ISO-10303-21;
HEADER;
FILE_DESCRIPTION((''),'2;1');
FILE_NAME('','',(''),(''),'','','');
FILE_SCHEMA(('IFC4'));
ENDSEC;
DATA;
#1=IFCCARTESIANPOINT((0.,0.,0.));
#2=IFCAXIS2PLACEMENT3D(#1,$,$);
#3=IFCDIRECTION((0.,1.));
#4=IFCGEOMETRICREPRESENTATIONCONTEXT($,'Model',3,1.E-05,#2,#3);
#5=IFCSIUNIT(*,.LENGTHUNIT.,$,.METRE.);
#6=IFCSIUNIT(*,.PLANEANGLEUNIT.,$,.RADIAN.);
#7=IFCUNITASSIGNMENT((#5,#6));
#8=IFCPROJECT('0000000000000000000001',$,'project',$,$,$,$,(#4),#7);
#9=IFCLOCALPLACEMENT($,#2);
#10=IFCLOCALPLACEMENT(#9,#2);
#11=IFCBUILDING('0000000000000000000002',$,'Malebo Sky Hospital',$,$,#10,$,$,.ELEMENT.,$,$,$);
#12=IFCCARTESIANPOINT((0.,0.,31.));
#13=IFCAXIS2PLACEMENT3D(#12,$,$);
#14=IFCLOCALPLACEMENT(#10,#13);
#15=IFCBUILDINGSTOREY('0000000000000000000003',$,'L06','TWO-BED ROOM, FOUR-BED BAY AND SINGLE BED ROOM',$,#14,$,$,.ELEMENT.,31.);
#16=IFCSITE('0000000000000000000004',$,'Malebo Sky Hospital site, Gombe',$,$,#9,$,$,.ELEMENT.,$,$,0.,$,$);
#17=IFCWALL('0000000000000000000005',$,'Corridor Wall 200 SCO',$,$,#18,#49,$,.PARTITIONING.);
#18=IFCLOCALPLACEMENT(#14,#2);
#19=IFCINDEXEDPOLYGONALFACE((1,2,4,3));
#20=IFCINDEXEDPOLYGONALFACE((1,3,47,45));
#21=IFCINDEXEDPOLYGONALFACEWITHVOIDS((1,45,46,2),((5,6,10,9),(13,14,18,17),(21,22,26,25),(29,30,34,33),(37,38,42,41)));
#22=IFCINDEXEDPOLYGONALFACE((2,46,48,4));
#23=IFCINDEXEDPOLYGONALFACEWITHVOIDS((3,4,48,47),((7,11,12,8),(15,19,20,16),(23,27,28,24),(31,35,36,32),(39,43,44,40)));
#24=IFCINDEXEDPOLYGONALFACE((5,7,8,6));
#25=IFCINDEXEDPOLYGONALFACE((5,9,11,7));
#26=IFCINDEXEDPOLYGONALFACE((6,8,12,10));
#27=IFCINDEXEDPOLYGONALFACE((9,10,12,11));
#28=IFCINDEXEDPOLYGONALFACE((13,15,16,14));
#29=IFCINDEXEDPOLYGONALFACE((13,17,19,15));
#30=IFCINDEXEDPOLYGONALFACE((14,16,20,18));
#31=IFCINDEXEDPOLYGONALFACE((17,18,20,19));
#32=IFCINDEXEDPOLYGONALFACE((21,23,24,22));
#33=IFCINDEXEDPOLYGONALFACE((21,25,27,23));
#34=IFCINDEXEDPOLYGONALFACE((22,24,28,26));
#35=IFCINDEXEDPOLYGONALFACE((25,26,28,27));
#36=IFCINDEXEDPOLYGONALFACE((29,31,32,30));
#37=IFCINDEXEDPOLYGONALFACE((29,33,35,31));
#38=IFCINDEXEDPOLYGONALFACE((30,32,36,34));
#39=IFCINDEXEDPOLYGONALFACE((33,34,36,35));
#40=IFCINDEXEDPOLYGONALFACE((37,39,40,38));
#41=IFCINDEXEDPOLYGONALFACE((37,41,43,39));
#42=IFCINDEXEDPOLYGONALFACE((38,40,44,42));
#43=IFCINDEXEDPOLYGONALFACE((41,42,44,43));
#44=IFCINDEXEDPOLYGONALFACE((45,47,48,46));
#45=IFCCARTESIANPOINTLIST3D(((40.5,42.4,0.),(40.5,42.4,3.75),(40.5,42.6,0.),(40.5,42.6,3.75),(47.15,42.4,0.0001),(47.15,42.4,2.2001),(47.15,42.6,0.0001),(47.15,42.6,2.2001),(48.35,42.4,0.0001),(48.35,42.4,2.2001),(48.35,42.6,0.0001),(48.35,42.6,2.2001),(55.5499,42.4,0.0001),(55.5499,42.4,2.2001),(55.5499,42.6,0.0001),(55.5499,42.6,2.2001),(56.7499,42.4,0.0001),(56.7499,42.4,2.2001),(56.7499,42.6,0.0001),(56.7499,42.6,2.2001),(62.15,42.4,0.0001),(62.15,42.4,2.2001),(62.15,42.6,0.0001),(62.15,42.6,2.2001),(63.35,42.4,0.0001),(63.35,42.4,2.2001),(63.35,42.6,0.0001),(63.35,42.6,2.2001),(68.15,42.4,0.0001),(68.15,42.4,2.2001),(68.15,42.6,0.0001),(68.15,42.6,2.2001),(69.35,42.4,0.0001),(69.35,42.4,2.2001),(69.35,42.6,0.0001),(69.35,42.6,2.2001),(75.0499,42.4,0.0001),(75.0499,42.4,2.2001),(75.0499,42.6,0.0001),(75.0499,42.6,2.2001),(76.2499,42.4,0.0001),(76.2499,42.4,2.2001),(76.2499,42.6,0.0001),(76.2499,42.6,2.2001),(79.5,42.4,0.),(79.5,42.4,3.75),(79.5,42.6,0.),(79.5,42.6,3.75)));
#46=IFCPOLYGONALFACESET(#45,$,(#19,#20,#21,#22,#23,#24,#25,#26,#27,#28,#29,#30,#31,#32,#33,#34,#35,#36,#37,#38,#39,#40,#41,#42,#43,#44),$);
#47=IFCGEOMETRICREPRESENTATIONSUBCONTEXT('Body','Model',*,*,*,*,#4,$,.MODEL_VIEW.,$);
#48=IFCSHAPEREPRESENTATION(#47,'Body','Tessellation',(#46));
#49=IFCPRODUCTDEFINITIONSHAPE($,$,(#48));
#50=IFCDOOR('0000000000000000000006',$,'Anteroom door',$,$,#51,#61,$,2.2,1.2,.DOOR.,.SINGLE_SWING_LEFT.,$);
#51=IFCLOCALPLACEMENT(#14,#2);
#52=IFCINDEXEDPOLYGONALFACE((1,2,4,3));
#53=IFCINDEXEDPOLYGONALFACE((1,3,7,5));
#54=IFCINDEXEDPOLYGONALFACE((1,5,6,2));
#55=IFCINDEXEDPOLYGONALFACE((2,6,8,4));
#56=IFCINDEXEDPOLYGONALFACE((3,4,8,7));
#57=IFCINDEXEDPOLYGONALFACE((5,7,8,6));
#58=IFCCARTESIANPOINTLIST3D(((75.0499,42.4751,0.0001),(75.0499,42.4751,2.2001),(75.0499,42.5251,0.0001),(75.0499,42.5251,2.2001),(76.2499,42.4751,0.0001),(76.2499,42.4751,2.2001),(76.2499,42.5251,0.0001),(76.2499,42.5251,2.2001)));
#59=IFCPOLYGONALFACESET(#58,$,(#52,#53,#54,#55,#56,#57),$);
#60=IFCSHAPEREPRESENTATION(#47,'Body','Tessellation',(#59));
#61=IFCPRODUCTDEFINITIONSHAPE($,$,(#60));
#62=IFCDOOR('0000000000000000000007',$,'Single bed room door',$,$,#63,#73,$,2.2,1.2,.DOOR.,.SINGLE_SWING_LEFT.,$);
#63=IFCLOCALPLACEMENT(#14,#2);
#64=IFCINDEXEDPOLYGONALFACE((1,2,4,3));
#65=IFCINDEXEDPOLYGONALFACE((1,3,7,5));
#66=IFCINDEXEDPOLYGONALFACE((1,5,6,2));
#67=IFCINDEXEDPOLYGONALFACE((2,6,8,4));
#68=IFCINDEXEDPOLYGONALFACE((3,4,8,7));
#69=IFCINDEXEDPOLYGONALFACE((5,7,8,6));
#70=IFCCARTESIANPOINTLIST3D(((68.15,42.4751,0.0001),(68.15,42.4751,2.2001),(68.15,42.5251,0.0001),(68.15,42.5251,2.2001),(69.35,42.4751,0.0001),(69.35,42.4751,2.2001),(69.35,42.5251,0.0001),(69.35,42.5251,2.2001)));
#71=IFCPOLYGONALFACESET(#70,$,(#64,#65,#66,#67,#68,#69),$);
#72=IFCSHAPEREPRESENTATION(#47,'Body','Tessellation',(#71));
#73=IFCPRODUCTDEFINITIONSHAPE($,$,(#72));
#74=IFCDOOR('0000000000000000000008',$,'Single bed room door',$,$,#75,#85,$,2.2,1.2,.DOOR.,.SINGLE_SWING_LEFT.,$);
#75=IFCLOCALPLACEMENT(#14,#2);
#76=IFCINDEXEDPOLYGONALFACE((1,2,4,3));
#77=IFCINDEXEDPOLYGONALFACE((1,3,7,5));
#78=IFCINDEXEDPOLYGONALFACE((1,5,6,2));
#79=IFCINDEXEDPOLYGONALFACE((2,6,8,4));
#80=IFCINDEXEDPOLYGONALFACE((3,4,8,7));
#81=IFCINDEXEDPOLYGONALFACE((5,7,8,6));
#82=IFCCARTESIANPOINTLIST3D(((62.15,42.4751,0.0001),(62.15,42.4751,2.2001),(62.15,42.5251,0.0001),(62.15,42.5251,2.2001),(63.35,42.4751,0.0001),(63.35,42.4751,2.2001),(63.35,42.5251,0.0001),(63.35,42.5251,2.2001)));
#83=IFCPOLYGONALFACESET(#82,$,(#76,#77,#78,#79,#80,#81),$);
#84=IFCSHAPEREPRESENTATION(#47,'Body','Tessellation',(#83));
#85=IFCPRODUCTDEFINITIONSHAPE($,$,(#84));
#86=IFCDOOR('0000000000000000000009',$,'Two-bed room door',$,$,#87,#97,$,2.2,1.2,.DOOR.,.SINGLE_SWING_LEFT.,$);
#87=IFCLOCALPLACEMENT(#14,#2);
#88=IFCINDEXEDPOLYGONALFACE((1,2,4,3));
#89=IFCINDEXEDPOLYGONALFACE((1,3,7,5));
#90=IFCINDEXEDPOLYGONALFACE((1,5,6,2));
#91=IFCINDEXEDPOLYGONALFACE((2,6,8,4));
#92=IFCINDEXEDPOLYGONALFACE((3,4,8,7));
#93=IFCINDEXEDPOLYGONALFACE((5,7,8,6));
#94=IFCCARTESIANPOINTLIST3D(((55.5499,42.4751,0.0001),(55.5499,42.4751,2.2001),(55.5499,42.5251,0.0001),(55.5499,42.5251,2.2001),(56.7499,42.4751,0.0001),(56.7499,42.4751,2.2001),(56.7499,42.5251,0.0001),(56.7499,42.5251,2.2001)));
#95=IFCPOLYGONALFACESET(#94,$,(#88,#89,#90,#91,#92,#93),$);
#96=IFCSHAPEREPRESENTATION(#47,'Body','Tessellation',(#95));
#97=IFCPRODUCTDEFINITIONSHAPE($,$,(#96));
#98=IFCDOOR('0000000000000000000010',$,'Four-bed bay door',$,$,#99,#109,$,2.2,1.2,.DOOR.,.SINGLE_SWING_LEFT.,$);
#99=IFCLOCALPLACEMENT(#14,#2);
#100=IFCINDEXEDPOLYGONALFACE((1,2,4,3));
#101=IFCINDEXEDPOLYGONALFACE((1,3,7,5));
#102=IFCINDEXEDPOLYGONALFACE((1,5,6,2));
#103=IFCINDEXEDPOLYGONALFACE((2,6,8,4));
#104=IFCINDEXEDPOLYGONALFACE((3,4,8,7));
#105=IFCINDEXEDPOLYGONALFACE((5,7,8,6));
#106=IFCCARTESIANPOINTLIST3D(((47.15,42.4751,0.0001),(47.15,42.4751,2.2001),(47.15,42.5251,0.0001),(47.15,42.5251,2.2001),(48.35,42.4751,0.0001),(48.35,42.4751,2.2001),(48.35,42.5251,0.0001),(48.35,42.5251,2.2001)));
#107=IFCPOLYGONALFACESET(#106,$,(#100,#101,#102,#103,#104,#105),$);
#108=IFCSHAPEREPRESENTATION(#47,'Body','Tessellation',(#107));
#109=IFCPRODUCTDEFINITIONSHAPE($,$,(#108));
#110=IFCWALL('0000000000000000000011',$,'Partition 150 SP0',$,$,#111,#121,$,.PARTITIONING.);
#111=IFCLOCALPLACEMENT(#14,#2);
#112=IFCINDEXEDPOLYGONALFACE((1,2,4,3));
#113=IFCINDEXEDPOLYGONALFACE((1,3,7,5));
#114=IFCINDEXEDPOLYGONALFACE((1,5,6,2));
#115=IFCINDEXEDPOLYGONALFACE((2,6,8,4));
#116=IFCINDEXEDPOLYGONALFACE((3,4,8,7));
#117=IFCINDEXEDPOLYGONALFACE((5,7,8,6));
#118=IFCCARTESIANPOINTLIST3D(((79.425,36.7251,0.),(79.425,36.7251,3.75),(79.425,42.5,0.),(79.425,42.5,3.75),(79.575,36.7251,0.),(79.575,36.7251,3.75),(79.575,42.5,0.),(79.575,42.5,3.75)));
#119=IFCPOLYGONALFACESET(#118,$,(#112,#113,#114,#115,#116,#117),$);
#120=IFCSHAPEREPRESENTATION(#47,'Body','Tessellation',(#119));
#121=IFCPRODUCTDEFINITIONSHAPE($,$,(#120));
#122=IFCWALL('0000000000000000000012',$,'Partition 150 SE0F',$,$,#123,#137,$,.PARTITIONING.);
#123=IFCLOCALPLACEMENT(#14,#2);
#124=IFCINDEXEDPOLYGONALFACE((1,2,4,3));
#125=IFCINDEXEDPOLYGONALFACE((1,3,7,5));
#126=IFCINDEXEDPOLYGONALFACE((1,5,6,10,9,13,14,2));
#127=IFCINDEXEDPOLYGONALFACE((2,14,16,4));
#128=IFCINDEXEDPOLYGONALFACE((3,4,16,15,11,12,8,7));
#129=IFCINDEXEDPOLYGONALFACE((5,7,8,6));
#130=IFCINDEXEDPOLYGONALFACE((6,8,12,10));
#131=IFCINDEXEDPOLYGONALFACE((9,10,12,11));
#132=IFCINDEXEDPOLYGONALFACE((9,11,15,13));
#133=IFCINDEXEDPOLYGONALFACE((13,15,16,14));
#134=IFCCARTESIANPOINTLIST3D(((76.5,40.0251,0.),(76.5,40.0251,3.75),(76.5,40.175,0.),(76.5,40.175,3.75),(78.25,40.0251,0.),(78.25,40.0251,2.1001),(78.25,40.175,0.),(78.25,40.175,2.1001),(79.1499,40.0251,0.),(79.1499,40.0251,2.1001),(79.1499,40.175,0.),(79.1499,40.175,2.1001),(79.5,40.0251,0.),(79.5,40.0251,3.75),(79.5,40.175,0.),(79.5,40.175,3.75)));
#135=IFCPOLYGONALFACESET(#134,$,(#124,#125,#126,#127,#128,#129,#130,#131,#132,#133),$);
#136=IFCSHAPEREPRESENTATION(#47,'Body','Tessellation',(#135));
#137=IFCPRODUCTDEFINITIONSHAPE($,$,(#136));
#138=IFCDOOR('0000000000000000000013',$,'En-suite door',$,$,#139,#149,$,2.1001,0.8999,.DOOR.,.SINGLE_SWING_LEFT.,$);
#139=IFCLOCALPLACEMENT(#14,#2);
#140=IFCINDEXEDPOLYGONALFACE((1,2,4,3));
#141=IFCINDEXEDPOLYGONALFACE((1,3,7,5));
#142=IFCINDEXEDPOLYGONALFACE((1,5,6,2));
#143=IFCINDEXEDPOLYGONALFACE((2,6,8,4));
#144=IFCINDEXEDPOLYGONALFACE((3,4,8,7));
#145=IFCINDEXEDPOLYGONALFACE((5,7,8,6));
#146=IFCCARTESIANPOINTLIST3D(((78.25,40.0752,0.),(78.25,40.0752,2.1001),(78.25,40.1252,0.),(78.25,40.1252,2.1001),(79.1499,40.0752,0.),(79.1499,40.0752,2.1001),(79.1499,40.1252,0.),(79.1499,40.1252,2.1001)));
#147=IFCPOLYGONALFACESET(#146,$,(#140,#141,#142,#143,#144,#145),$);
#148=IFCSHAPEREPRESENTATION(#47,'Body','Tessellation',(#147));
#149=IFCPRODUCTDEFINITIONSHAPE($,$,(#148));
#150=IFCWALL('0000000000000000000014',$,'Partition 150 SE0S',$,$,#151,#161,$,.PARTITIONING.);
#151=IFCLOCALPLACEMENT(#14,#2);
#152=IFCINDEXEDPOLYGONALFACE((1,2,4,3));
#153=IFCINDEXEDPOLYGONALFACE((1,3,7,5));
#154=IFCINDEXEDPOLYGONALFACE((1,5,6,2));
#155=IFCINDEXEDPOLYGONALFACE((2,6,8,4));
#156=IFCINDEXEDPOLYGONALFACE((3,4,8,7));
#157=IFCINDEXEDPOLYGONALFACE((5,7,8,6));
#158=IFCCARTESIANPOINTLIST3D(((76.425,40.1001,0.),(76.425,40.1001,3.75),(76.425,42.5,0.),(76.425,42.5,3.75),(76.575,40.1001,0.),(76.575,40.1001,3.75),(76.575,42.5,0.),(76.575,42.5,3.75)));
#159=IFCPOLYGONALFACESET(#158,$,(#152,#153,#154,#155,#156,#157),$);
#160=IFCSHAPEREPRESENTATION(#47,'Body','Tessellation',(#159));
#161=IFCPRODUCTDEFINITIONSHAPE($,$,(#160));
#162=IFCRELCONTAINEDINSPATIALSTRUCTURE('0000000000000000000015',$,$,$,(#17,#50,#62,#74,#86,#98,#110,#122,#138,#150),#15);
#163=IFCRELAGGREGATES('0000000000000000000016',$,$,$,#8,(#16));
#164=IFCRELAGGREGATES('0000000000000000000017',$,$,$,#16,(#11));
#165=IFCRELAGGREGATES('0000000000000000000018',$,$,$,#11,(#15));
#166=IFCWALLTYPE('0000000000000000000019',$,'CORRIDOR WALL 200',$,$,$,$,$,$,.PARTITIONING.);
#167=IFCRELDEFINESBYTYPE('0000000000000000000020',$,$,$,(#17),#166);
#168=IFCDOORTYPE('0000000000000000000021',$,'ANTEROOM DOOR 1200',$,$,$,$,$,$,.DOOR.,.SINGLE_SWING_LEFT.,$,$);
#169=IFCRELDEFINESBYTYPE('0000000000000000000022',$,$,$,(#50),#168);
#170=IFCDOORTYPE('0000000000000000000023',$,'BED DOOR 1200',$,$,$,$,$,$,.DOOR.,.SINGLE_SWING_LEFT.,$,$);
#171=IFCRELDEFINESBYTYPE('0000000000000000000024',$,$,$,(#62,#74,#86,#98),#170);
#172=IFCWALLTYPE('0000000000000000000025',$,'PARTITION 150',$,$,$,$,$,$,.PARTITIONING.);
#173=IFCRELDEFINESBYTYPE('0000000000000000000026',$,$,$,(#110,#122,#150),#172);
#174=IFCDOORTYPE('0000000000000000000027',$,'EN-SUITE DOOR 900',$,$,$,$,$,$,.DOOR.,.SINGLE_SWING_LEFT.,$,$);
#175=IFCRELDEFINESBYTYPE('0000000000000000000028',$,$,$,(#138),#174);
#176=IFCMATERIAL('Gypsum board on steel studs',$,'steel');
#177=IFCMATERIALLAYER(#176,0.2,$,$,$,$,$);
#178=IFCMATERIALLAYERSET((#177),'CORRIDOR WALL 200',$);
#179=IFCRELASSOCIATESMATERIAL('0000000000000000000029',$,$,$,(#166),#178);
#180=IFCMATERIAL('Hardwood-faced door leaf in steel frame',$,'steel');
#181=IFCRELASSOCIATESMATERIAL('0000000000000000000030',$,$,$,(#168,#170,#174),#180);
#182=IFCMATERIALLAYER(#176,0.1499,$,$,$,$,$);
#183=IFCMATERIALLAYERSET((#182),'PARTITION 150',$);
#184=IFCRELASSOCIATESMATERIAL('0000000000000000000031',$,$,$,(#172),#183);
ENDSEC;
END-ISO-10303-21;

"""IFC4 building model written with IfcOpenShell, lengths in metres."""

from ifc_helpers import new_model, si_unit, direction, frame, frame_2d, origin, place, context, subcontext, project, spatial, rectangle, extrude, material, layer, layer_set, type_object, element, fill, save


model = new_model("IFC4")

# Units and contexts
model_context = context("Model", 3, precision=1e-05, world=origin(), true_north=direction((0.0, 1.0)))
body_context = subcontext(model_context, "Body", "Model", "MODEL_VIEW")
ifc_project = project(units=[si_unit("LENGTHUNIT", "METRE"), si_unit("PLANEANGLEUNIT", "RADIAN")], contexts=[model_context])

# Site, building, storey
site_placement = place(None, origin())
site = spatial("IfcSite", under=ifc_project, at=site_placement, Name="Malebo Sky Hospital site, Gombe", CompositionType="ELEMENT", RefElevation=0.0)
building_placement = place(site_placement, origin())
building = spatial("IfcBuilding", under=site, at=building_placement, Name="Malebo Sky Hospital", CompositionType="ELEMENT")
storey_placement = place(building_placement, frame((0.0, 0.0, 31.0)))
storey = spatial("IfcBuildingStorey", under=building, at=storey_placement, Name="L06", Description="TWO-BED ROOM, FOUR-BED BAY AND SINGLE BED ROOM", CompositionType="ELEMENT", Elevation=31.0)

# Wall, openings, doors
ifc_material_1 = material(Name="Gypsum board on steel studs", Category="steel")
ifc_layer_1 = layer(ifc_material_1, 0.2)
ifc_layer_set_1 = layer_set([ifc_layer_1], Name="CORRIDOR WALL 200")
wall_type_1 = type_object("IfcWallType", Name="CORRIDOR WALL 200", PredefinedType="PARTITIONING", material=ifc_layer_set_1)
wall_1_placement = place(storey_placement, frame((79.5, 42.5, 0.0), z_axis=(0.0, 0.0, 1.0), x_axis=(-1.0, 0.0, 0.0)))
wall_1 = element("IfcWall", 1, at=wall_1_placement, inside=storey, type_object=wall_type_1, Name="Corridor Wall 200 SCO", PredefinedType="PARTITIONING", context=body_context, shape_type="SweptSolid", body=[
    extrude(rectangle(XDim=39.0, YDim=0.2, at=frame_2d((19.5, 0.0))), origin(), (0.0, 0.0, 1.0), 3.75),
])
opening_1_placement = place(wall_1_placement, frame((3.25, 0.0, 0.0)))
opening_1 = element("IfcOpeningElement", 2, at=opening_1_placement, cuts=wall_1, PredefinedType="OPENING", context=body_context, shape_type="SweptSolid", body=[
    extrude(rectangle(XDim=1.2, YDim=2.2, at=frame_2d((0.6001, 1.1001))), frame((0.0, 0.1099, 0.0), z_axis=(0.0, -1.0, 0.0), x_axis=(1.0, 0.0, 0.0)), (0.0, 0.0, 1.0), 0.22),
])
opening_2_placement = place(wall_1_placement, frame((10.1499, 0.0, 0.0)))
opening_2 = element("IfcOpeningElement", 3, at=opening_2_placement, cuts=wall_1, PredefinedType="OPENING", context=body_context, shape_type="SweptSolid", body=[
    extrude(rectangle(XDim=1.2, YDim=2.2, at=frame_2d((0.6001, 1.1001))), frame((0.0, 0.1099, 0.0), z_axis=(0.0, -1.0, 0.0), x_axis=(1.0, 0.0, 0.0)), (0.0, 0.0, 1.0), 0.22),
])
opening_3_placement = place(wall_1_placement, frame((16.1499, 0.0, 0.0)))
opening_3 = element("IfcOpeningElement", 4, at=opening_3_placement, cuts=wall_1, PredefinedType="OPENING", context=body_context, shape_type="SweptSolid", body=[
    extrude(rectangle(XDim=1.2, YDim=2.2, at=frame_2d((0.6001, 1.1001))), frame((0.0, 0.1099, 0.0), z_axis=(0.0, -1.0, 0.0), x_axis=(1.0, 0.0, 0.0)), (0.0, 0.0, 1.0), 0.22),
])
opening_4_placement = place(wall_1_placement, frame((22.75, 0.0, 0.0)))
opening_4 = element("IfcOpeningElement", 5, at=opening_4_placement, cuts=wall_1, PredefinedType="OPENING", context=body_context, shape_type="SweptSolid", body=[
    extrude(rectangle(XDim=1.2, YDim=2.2, at=frame_2d((0.6001, 1.1001))), frame((0.0, 0.1099, 0.0), z_axis=(0.0, -1.0, 0.0), x_axis=(1.0, 0.0, 0.0)), (0.0, 0.0, 1.0), 0.22),
])
opening_5_placement = place(wall_1_placement, frame((31.1499, 0.0, 0.0)))
opening_5 = element("IfcOpeningElement", 6, at=opening_5_placement, cuts=wall_1, PredefinedType="OPENING", context=body_context, shape_type="SweptSolid", body=[
    extrude(rectangle(XDim=1.2, YDim=2.2, at=frame_2d((0.6001, 1.1001))), frame((0.0, 0.1099, 0.0), z_axis=(0.0, -1.0, 0.0), x_axis=(1.0, 0.0, 0.0)), (0.0, 0.0, 1.0), 0.22),
])
ifc_material_2 = material(Name="Hardwood-faced door leaf in steel frame", Category="steel")
door_type_1 = type_object("IfcDoorType", Name="ANTEROOM DOOR 1200", OperationType="SINGLE_SWING_LEFT", PredefinedType="DOOR", material=ifc_material_2)
door_1_placement = place(opening_1_placement, origin())
door_1 = element("IfcDoor", 7, at=door_1_placement, inside=storey, type_object=door_type_1, Name="Anteroom door", OperationType="SINGLE_SWING_LEFT", OverallHeight=2.2, OverallWidth=1.2, PredefinedType="DOOR", context=body_context, shape_type="SweptSolid", body=[
    extrude(rectangle(XDim=1.2, YDim=2.2, at=frame_2d((0.6001, 1.1001))), frame((0.0, 0.0249, 0.0), z_axis=(0.0, -1.0, 0.0), x_axis=(1.0, 0.0, 0.0)), (0.0, 0.0, 1.0), 0.05),
])
fill(opening_1, door_1)
door_type_2 = type_object("IfcDoorType", Name="BED DOOR 1200", OperationType="SINGLE_SWING_LEFT", PredefinedType="DOOR", material=ifc_material_2)
door_2_placement = place(opening_2_placement, origin())
door_2 = element("IfcDoor", 8, at=door_2_placement, inside=storey, type_object=door_type_2, Name="Single bed room door", OperationType="SINGLE_SWING_LEFT", OverallHeight=2.2, OverallWidth=1.2, PredefinedType="DOOR", context=body_context, shape_type="SweptSolid", body=[
    extrude(rectangle(XDim=1.2, YDim=2.2, at=frame_2d((0.6001, 1.1001))), frame((0.0, 0.0249, 0.0), z_axis=(0.0, -1.0, 0.0), x_axis=(1.0, 0.0, 0.0)), (0.0, 0.0, 1.0), 0.05),
])
fill(opening_2, door_2)
door_3_placement = place(opening_3_placement, origin())
door_3 = element("IfcDoor", 9, at=door_3_placement, inside=storey, type_object=door_type_2, Name="Single bed room door", OperationType="SINGLE_SWING_LEFT", OverallHeight=2.2, OverallWidth=1.2, PredefinedType="DOOR", context=body_context, shape_type="SweptSolid", body=[
    extrude(rectangle(XDim=1.2, YDim=2.2, at=frame_2d((0.6001, 1.1001))), frame((0.0, 0.0249, 0.0), z_axis=(0.0, -1.0, 0.0), x_axis=(1.0, 0.0, 0.0)), (0.0, 0.0, 1.0), 0.05),
])
fill(opening_3, door_3)
door_4_placement = place(opening_4_placement, origin())
door_4 = element("IfcDoor", 10, at=door_4_placement, inside=storey, type_object=door_type_2, Name="Two-bed room door", OperationType="SINGLE_SWING_LEFT", OverallHeight=2.2, OverallWidth=1.2, PredefinedType="DOOR", context=body_context, shape_type="SweptSolid", body=[
    extrude(rectangle(XDim=1.2, YDim=2.2, at=frame_2d((0.6001, 1.1001))), frame((0.0, 0.0249, 0.0), z_axis=(0.0, -1.0, 0.0), x_axis=(1.0, 0.0, 0.0)), (0.0, 0.0, 1.0), 0.05),
])
fill(opening_4, door_4)
door_5_placement = place(opening_5_placement, origin())
door_5 = element("IfcDoor", 11, at=door_5_placement, inside=storey, type_object=door_type_2, Name="Four-bed bay door", OperationType="SINGLE_SWING_LEFT", OverallHeight=2.2, OverallWidth=1.2, PredefinedType="DOOR", context=body_context, shape_type="SweptSolid", body=[
    extrude(rectangle(XDim=1.2, YDim=2.2, at=frame_2d((0.6001, 1.1001))), frame((0.0, 0.0249, 0.0), z_axis=(0.0, -1.0, 0.0), x_axis=(1.0, 0.0, 0.0)), (0.0, 0.0, 1.0), 0.05),
])
fill(opening_5, door_5)

# Wall
ifc_layer_2 = layer(ifc_material_1, 0.1499)
ifc_layer_set_2 = layer_set([ifc_layer_2], Name="PARTITION 150")
wall_type_2 = type_object("IfcWallType", Name="PARTITION 150", PredefinedType="PARTITIONING", material=ifc_layer_set_2)
wall_2_placement = place(storey_placement, frame((79.5, 42.5, 0.0), z_axis=(0.0, 0.0, 1.0), x_axis=(0.0, -1.0, 0.0)))
element("IfcWall", 12, at=wall_2_placement, inside=storey, type_object=wall_type_2, Name="Partition 150 SP0", PredefinedType="PARTITIONING", context=body_context, shape_type="SweptSolid", body=[
    extrude(rectangle(XDim=5.7749, YDim=0.1499, at=frame_2d((2.8875, 0.0))), origin(), (0.0, 0.0, 1.0), 3.75),
])

# Wall, opening, door
wall_3_placement = place(storey_placement, frame((79.5, 40.1001, 0.0), z_axis=(0.0, 0.0, 1.0), x_axis=(-1.0, 0.0, 0.0)))
wall_3 = element("IfcWall", 13, at=wall_3_placement, inside=storey, type_object=wall_type_2, Name="Partition 150 SE0F", PredefinedType="PARTITIONING", context=body_context, shape_type="SweptSolid", body=[
    extrude(rectangle(XDim=3.0, YDim=0.1499, at=frame_2d((1.5, 0.0))), origin(), (0.0, 0.0, 1.0), 3.75),
])
opening_6_placement = place(wall_3_placement, frame((0.3501, 0.0, 0.0)))
opening_6 = element("IfcOpeningElement", 14, at=opening_6_placement, cuts=wall_3, PredefinedType="OPENING", context=body_context, shape_type="SweptSolid", body=[
    extrude(rectangle(XDim=0.8999, YDim=2.1001, at=frame_2d((0.45, 1.05))), frame((0.0, 0.085, 0.0), z_axis=(0.0, -1.0, 0.0), x_axis=(1.0, 0.0, 0.0)), (0.0, 0.0, 1.0), 0.1699),
])
door_type_3 = type_object("IfcDoorType", Name="EN-SUITE DOOR 900", OperationType="SINGLE_SWING_LEFT", PredefinedType="DOOR", material=ifc_material_2)
door_6_placement = place(opening_6_placement, origin())
door_6 = element("IfcDoor", 15, at=door_6_placement, inside=storey, type_object=door_type_3, Name="En-suite door", OperationType="SINGLE_SWING_LEFT", OverallHeight=2.1001, OverallWidth=0.8999, PredefinedType="DOOR", context=body_context, shape_type="SweptSolid", body=[
    extrude(rectangle(XDim=0.8999, YDim=2.1001, at=frame_2d((0.45, 1.05))), frame((0.0, 0.0249, 0.0), z_axis=(0.0, -1.0, 0.0), x_axis=(1.0, 0.0, 0.0)), (0.0, 0.0, 1.0), 0.05),
])
fill(opening_6, door_6)

# Wall
for number, where, z_axis, x_axis, name in (
    (16, (76.5, 42.5, 0.0), (0.0, 0.0, 1.0), (0.0, -1.0, 0.0), "Partition 150 SE0S"),
):
    element("IfcWall", number, at=place(storey_placement, frame(where, z_axis=z_axis, x_axis=x_axis)), inside=storey, type_object=wall_type_2, Name=name, PredefinedType="PARTITIONING", context=body_context, shape_type="SweptSolid", body=[
        extrude(rectangle(XDim=2.3999, YDim=0.1499, at=frame_2d((1.2, 0.0))), origin(), (0.0, 0.0, 1.0), 3.75),
    ])

save(model, "model.ifc")
